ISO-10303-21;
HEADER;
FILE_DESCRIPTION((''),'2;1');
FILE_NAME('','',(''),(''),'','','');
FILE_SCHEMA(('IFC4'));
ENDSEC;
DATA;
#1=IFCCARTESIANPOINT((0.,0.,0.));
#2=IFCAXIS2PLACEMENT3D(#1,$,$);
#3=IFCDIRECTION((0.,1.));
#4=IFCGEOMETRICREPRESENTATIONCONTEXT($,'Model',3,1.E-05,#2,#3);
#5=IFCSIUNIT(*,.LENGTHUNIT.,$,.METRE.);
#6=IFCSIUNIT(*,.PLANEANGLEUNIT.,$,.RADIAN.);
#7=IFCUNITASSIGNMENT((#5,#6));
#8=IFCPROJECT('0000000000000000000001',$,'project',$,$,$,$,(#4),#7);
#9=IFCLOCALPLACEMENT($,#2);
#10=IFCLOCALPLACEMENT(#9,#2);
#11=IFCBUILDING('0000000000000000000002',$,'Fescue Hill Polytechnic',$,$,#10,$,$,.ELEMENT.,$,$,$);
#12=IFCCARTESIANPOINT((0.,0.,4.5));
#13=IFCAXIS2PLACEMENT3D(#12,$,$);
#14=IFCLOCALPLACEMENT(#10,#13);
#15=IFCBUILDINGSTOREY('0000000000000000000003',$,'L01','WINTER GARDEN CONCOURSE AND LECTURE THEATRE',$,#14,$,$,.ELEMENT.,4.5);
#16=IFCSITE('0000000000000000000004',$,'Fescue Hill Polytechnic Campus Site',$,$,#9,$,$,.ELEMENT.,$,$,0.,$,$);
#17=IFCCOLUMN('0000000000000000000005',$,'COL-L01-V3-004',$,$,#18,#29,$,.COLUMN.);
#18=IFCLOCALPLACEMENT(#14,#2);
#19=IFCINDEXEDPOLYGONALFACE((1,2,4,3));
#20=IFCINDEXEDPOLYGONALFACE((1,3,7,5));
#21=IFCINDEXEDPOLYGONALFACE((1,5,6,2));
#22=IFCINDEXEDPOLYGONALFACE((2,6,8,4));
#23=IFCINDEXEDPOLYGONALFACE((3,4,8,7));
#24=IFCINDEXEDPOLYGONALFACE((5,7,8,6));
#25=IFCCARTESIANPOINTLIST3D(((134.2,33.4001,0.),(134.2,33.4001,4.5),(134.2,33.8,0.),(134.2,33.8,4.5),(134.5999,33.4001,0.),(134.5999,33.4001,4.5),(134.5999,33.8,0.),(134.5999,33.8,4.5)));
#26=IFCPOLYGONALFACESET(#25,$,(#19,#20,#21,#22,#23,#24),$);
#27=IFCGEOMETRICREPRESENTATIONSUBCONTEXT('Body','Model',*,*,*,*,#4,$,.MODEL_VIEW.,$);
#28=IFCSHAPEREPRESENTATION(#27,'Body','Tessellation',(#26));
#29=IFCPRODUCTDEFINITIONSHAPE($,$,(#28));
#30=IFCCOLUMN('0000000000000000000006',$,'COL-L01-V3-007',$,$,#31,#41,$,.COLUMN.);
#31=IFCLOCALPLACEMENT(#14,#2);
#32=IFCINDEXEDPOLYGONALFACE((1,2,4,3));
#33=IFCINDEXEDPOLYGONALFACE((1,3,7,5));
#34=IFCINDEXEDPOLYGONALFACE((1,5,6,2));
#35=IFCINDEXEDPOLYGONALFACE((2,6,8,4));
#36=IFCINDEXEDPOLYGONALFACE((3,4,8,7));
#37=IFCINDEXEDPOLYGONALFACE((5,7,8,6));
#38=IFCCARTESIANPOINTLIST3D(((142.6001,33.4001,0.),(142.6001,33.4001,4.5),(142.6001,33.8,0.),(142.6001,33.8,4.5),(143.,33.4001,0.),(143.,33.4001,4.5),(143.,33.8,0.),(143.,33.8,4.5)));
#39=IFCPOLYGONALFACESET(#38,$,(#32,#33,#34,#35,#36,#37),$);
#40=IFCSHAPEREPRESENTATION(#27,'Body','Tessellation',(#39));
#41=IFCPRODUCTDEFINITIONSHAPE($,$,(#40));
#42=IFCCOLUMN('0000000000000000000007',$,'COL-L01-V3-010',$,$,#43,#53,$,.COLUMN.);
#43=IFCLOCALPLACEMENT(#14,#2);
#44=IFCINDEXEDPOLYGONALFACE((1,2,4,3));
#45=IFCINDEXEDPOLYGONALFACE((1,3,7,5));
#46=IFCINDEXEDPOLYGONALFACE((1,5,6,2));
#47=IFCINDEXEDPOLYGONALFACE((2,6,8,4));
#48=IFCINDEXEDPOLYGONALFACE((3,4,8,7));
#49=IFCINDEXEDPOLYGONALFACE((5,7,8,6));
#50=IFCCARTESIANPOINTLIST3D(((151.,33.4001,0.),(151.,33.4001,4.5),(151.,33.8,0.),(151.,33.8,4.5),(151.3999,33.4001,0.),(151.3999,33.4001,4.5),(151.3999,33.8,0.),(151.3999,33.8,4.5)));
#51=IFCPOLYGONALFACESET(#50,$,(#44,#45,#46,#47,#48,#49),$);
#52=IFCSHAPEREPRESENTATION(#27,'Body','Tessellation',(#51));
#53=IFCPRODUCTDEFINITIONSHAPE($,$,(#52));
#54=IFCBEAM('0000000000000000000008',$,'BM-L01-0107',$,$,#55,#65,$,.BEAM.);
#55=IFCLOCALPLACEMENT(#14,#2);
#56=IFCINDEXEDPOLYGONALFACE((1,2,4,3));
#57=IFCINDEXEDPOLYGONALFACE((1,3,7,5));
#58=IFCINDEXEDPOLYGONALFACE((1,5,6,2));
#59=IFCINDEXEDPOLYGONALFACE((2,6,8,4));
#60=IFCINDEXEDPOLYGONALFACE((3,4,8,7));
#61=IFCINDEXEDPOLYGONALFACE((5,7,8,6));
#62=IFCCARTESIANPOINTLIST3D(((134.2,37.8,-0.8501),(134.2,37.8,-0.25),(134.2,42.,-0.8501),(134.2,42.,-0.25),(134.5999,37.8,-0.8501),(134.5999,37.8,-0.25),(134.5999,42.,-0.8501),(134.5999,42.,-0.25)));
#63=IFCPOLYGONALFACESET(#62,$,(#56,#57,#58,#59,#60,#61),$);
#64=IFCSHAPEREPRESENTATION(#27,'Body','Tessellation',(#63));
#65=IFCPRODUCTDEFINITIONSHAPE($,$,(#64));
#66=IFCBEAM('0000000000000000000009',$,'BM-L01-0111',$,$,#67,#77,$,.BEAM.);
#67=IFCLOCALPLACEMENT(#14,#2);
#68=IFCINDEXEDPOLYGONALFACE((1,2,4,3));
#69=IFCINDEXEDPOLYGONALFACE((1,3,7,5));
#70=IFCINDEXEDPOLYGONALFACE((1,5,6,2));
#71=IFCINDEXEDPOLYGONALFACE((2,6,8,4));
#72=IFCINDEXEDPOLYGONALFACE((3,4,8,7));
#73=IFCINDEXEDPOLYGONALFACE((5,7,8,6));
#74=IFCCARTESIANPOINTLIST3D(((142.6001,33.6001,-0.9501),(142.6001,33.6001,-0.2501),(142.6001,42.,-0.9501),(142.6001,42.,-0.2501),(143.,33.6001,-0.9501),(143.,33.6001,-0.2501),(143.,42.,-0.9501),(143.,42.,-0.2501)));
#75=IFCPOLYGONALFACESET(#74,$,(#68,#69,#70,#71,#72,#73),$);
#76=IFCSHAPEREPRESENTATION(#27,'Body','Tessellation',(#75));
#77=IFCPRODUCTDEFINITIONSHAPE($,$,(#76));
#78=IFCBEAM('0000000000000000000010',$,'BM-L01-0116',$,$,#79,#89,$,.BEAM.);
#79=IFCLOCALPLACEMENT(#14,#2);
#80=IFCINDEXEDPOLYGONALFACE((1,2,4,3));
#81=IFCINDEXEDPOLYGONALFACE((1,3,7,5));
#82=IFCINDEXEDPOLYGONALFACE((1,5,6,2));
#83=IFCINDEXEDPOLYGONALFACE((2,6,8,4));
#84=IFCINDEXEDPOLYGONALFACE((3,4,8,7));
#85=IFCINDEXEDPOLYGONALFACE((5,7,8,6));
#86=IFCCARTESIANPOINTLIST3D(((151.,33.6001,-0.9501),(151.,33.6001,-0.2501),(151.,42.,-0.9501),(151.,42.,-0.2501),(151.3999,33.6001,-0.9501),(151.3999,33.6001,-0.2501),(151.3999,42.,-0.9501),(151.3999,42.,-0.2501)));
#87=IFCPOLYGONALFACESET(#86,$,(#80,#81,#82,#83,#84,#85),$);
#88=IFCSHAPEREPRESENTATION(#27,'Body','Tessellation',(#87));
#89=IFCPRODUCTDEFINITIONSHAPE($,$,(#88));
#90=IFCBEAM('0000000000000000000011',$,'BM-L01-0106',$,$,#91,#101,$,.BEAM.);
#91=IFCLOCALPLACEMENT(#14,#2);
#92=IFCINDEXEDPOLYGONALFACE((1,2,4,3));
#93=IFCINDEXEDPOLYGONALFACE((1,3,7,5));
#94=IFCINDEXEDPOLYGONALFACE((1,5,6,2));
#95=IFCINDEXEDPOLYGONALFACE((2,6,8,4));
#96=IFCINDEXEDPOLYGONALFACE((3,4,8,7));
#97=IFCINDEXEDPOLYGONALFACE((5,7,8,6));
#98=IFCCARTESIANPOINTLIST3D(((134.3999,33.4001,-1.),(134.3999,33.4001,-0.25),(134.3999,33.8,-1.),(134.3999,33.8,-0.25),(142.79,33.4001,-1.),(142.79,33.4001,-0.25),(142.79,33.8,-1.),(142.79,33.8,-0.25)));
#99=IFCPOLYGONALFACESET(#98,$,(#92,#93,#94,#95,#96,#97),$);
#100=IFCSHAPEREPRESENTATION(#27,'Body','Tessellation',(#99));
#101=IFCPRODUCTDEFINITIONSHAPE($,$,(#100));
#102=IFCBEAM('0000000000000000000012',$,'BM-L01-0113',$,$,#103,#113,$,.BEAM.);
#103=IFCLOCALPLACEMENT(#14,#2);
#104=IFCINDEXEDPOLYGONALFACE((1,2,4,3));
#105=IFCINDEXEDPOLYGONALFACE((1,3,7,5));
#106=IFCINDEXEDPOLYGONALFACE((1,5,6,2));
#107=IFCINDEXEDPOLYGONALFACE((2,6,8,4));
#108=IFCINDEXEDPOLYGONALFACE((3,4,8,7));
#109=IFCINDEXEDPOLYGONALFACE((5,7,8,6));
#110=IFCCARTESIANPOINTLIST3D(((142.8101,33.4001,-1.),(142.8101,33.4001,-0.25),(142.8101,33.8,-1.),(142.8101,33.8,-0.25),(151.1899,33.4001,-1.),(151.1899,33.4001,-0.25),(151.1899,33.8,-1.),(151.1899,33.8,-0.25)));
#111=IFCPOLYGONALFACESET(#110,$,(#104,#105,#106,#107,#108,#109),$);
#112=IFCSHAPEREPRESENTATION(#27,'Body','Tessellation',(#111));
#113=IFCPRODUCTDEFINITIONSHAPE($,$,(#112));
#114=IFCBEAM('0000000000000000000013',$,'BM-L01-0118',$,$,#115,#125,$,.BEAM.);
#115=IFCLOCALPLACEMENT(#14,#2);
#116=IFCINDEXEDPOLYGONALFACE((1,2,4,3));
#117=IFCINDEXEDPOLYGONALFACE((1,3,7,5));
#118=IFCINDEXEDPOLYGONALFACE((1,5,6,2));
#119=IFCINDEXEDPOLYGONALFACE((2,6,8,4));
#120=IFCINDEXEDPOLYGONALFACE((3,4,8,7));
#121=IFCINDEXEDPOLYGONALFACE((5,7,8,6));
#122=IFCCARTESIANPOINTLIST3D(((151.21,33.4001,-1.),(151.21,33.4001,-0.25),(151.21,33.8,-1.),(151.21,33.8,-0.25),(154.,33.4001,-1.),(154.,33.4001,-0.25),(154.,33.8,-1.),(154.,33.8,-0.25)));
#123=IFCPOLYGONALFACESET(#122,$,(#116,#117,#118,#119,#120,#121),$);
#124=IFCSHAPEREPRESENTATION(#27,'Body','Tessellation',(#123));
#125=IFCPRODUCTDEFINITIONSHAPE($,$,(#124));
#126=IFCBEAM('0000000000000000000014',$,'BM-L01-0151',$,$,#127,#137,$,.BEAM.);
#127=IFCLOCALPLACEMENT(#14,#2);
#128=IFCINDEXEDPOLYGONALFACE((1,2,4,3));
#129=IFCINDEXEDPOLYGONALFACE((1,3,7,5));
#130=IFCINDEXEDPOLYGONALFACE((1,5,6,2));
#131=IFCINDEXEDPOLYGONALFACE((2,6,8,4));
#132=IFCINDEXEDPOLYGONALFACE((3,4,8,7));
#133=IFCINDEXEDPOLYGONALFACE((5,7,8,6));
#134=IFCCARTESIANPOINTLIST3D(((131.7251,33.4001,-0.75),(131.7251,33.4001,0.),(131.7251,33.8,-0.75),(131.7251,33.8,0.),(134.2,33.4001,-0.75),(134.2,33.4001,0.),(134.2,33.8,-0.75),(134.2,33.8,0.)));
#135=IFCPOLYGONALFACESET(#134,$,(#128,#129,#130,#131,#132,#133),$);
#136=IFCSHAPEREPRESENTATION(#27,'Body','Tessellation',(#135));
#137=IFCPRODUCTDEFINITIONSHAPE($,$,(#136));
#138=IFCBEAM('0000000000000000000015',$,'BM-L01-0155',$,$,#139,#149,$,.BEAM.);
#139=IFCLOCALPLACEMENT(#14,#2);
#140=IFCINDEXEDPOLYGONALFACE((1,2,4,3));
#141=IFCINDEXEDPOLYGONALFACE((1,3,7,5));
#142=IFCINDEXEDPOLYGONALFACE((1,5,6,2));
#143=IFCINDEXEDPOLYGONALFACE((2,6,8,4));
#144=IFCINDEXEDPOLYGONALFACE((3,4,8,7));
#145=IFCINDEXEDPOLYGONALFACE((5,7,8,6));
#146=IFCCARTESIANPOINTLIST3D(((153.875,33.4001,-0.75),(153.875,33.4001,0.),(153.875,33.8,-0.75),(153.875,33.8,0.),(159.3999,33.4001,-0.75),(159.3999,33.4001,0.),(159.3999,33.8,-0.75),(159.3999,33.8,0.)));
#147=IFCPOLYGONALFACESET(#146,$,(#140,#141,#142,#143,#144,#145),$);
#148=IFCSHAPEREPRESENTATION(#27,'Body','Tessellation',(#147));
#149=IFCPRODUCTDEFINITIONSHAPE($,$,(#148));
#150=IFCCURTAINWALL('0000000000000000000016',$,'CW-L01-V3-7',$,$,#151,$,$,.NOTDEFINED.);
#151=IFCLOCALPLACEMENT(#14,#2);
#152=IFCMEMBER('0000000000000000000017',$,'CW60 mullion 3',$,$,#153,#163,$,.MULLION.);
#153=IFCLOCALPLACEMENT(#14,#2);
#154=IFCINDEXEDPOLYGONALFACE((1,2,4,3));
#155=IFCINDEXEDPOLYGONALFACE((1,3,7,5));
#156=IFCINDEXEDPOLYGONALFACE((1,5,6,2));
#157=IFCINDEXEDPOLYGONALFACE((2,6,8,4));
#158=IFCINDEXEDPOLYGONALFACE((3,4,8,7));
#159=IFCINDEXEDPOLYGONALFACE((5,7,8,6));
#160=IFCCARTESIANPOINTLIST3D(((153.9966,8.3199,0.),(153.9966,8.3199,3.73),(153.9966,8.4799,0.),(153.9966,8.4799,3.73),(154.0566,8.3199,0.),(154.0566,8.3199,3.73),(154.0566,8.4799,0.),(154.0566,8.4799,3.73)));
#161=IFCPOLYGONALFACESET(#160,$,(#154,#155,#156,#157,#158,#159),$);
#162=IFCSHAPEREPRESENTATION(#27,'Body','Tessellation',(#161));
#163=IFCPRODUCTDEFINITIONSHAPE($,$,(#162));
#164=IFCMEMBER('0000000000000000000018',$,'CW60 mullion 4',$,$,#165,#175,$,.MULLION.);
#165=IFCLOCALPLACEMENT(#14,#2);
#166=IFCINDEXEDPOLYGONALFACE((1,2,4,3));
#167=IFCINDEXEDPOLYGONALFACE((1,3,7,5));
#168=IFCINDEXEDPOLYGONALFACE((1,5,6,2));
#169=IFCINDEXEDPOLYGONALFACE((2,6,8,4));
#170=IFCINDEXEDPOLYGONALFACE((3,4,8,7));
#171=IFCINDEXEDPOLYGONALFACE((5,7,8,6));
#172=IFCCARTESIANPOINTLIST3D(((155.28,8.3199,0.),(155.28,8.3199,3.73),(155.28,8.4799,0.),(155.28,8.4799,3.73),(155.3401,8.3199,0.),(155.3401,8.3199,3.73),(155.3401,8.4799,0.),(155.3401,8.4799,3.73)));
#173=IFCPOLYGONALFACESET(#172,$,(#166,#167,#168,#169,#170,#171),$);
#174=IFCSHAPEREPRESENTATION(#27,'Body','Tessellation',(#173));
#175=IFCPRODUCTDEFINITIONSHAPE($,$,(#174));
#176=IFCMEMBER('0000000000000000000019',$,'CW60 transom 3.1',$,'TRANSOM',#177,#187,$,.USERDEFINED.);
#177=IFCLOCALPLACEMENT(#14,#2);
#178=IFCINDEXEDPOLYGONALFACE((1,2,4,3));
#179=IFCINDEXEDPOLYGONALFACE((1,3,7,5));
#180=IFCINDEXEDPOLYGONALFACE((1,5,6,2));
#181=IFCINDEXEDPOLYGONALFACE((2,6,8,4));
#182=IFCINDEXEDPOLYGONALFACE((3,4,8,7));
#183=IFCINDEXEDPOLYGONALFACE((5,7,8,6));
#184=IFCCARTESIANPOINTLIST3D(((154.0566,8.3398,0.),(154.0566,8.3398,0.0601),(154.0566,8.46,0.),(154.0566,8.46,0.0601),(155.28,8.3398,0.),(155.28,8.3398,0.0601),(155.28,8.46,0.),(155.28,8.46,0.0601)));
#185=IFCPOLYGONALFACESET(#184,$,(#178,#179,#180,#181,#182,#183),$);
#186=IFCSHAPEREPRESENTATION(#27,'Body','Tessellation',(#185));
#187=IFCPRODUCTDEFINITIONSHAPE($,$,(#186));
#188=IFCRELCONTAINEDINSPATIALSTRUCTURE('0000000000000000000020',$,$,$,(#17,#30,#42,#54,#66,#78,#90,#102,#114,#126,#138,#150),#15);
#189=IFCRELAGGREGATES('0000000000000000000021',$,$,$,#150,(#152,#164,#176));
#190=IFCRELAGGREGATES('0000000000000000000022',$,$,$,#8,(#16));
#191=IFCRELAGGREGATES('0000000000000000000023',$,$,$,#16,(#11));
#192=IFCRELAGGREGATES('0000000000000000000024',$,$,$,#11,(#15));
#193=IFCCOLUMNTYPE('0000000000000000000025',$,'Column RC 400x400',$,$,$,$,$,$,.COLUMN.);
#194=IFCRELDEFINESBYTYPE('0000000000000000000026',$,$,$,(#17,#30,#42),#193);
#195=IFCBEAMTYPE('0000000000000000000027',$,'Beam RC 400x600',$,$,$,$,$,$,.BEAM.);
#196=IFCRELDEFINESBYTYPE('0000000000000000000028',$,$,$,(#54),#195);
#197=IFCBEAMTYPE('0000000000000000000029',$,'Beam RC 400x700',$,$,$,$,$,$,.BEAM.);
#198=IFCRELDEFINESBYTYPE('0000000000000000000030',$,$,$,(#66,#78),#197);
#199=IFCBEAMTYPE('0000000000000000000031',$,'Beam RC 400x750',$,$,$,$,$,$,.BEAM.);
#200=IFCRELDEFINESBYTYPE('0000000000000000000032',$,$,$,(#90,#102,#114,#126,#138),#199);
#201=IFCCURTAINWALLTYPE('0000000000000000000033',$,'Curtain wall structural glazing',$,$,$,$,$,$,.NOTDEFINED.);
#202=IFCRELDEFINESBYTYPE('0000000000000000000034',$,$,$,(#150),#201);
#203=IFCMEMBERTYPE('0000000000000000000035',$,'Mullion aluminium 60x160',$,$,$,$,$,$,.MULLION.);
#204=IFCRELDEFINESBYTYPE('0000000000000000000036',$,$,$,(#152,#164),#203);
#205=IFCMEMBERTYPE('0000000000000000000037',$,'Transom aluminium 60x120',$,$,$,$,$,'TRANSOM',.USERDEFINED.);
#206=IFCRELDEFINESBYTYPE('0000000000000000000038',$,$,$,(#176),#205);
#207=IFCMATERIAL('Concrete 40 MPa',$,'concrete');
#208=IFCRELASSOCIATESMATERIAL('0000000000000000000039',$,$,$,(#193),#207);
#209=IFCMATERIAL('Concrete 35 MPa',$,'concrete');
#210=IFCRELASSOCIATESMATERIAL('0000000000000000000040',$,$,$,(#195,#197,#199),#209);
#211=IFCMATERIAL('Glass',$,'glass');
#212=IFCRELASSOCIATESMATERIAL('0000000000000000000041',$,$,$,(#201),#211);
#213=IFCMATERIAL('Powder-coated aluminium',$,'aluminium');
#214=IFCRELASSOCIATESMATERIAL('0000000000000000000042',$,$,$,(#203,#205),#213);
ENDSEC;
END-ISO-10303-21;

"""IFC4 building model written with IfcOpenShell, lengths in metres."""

from ifc_helpers import new_model, si_unit, direction, frame, origin, origin_2d, place, context, subcontext, project, spatial, rectangle, extrude, material, material_profile, profile_set, type_object, element, aggregate, save


model = new_model("IFC4")

# Units and contexts
model_context = context("Model", 3, precision=1e-05, world=origin(), true_north=direction((0.0, 1.0)))
body_context = subcontext(model_context, "Body", "Model", "MODEL_VIEW")
ifc_project = project(units=[si_unit("LENGTHUNIT", "METRE"), si_unit("PLANEANGLEUNIT", "RADIAN")], contexts=[model_context])

# Site, building, storey
site_placement = place(None, origin())
site = spatial("IfcSite", under=ifc_project, at=site_placement, Name="Fescue Hill Polytechnic Campus Site", CompositionType="ELEMENT", RefElevation=0.0)
building_placement = place(site_placement, origin())
building = spatial("IfcBuilding", under=site, at=building_placement, Name="Fescue Hill Polytechnic", CompositionType="ELEMENT")
storey_placement = place(building_placement, frame((0.0, 0.0, 4.5)))
storey = spatial("IfcBuildingStorey", under=building, at=storey_placement, Name="L01", Description="WINTER GARDEN CONCOURSE AND LECTURE THEATRE", CompositionType="ELEMENT", Elevation=4.5)

# Columns
ifc_material_1 = material(Name="Concrete 40 MPa", Category="concrete")
ifc_material_profile_1 = material_profile(ifc_material_1, rectangle(XDim=0.3999, YDim=0.3999, at=origin_2d()), Name="RC 400x400")
ifc_profile_set_1 = profile_set([ifc_material_profile_1], Name="Concrete 40 MPa")
column_type = type_object("IfcColumnType", Name="Column RC 400x400", PredefinedType="COLUMN", material=ifc_profile_set_1)
for number, where, z_axis, x_axis, name in (
    (1, (134.3999, 33.6001, 0.0), (0.0, 0.0, 1.0), (1.0, 0.0, 0.0), "COL-L01-V3-004"),
    (2, (142.8, 33.6001, 0.0), (0.0, 0.0, 1.0), (1.0, 0.0, 0.0), "COL-L01-V3-007"),
    (3, (151.2, 33.6001, 0.0), (0.0, 0.0, 1.0), (1.0, 0.0, 0.0), "COL-L01-V3-010"),
):
    element("IfcColumn", number, at=place(storey_placement, frame(where, z_axis=z_axis, x_axis=x_axis)), inside=storey, type_object=column_type, Name=name, PredefinedType="COLUMN", context=body_context, shape_type="SweptSolid", body=[
        extrude(rectangle(XDim=0.3999, YDim=0.3999, at=origin_2d()), origin(), (0.0, 0.0, 1.0), 4.5),
    ])

# Beams
ifc_material_2 = material(Name="Concrete 35 MPa", Category="concrete")
ifc_material_profile_2 = material_profile(ifc_material_2, rectangle(XDim=0.3999, YDim=0.6001, at=origin_2d()), Name="RC 400x600")
ifc_profile_set_2 = profile_set([ifc_material_profile_2], Name="Concrete 35 MPa")
beam_type_1 = type_object("IfcBeamType", Name="Beam RC 400x600", PredefinedType="BEAM", material=ifc_profile_set_2)
beam_1_placement = place(storey_placement, frame((134.3999, 37.8, -0.55), z_axis=(0.0, 1.0, 0.0), x_axis=(-1.0, 0.0, 0.0)))
element("IfcBeam", 4, at=beam_1_placement, inside=storey, type_object=beam_type_1, Name="BM-L01-0107", PredefinedType="BEAM", context=body_context, shape_type="SweptSolid", body=[
    extrude(rectangle(XDim=0.3999, YDim=0.6001, at=origin_2d()), origin(), (0.0, 0.0, 1.0), 4.2),
])
ifc_material_profile_3 = material_profile(ifc_material_2, rectangle(XDim=0.3999, YDim=0.7, at=origin_2d()), Name="RC 400x700")
ifc_profile_set_3 = profile_set([ifc_material_profile_3], Name="Concrete 35 MPa")
beam_type_2 = type_object("IfcBeamType", Name="Beam RC 400x700", PredefinedType="BEAM", material=ifc_profile_set_3)
for number, where, z_axis, x_axis, name in (
    (5, (142.8, 33.6001, -0.6001), (0.0, 1.0, 0.0), (-1.0, 0.0, 0.0), "BM-L01-0111"),
    (6, (151.2, 33.6001, -0.6001), (0.0, 1.0, 0.0), (-1.0, 0.0, 0.0), "BM-L01-0116"),
):
    element("IfcBeam", number, at=place(storey_placement, frame(where, z_axis=z_axis, x_axis=x_axis)), inside=storey, type_object=beam_type_2, Name=name, PredefinedType="BEAM", context=body_context, shape_type="SweptSolid", body=[
        extrude(rectangle(XDim=0.3999, YDim=0.7, at=origin_2d()), origin(), (0.0, 0.0, 1.0), 8.3999),
    ])
ifc_material_profile_4 = material_profile(ifc_material_2, rectangle(XDim=0.3999, YDim=0.75, at=origin_2d()), Name="RC 400x750")
ifc_profile_set_4 = profile_set([ifc_material_profile_4], Name="Concrete 35 MPa")
beam_type_3 = type_object("IfcBeamType", Name="Beam RC 400x750", PredefinedType="BEAM", material=ifc_profile_set_4)
beam_2_placement = place(storey_placement, frame((134.3999, 33.6001, -0.625), z_axis=(1.0, 0.0, 0.0), x_axis=(0.0, 1.0, 0.0)))
element("IfcBeam", 7, at=beam_2_placement, inside=storey, type_object=beam_type_3, Name="BM-L01-0106", PredefinedType="BEAM", context=body_context, shape_type="SweptSolid", body=[
    extrude(rectangle(XDim=0.3999, YDim=0.75, at=origin_2d()), origin(), (0.0, 0.0, 1.0), 8.3901),
])
beam_3_placement = place(storey_placement, frame((142.8101, 33.6001, -0.625), z_axis=(1.0, 0.0, 0.0), x_axis=(0.0, 1.0, 0.0)))
element("IfcBeam", 8, at=beam_3_placement, inside=storey, type_object=beam_type_3, Name="BM-L01-0113", PredefinedType="BEAM", context=body_context, shape_type="SweptSolid", body=[
    extrude(rectangle(XDim=0.3999, YDim=0.75, at=origin_2d()), origin(), (0.0, 0.0, 1.0), 8.3799),
])
beam_4_placement = place(storey_placement, frame((151.21, 33.6001, -0.625), z_axis=(1.0, 0.0, 0.0), x_axis=(0.0, 1.0, 0.0)))
element("IfcBeam", 9, at=beam_4_placement, inside=storey, type_object=beam_type_3, Name="BM-L01-0118", PredefinedType="BEAM", context=body_context, shape_type="SweptSolid", body=[
    extrude(rectangle(XDim=0.3999, YDim=0.75, at=origin_2d()), origin(), (0.0, 0.0, 1.0), 2.79),
])
beam_5_placement = place(storey_placement, frame((131.7251, 33.6001, -0.375), z_axis=(1.0, 0.0, 0.0), x_axis=(0.0, 1.0, 0.0)))
element("IfcBeam", 10, at=beam_5_placement, inside=storey, type_object=beam_type_3, Name="BM-L01-0151", PredefinedType="BEAM", context=body_context, shape_type="SweptSolid", body=[
    extrude(rectangle(XDim=0.3999, YDim=0.75, at=origin_2d()), origin(), (0.0, 0.0, 1.0), 2.4749),
])
beam_6_placement = place(storey_placement, frame((153.875, 33.6001, -0.375), z_axis=(1.0, 0.0, 0.0), x_axis=(0.0, 1.0, 0.0)))
element("IfcBeam", 11, at=beam_6_placement, inside=storey, type_object=beam_type_3, Name="BM-L01-0155", PredefinedType="BEAM", context=body_context, shape_type="SweptSolid", body=[
    extrude(rectangle(XDim=0.3999, YDim=0.75, at=origin_2d()), origin(), (0.0, 0.0, 1.0), 5.5249),
])

# Curtain wall, members
ifc_material_3 = material(Name="Glass", Category="glass")
curtain_wall_type = type_object("IfcCurtainWallType", Name="Curtain wall structural glazing", PredefinedType="NOTDEFINED", material=ifc_material_3)
curtain_wall_placement = place(storey_placement, origin())
curtain_wall = element("IfcCurtainWall", 12, at=curtain_wall_placement, inside=storey, type_object=curtain_wall_type, Name="CW-L01-V3-7", PredefinedType="NOTDEFINED")
ifc_material_4 = material(Name="Powder-coated aluminium", Category="aluminium")
ifc_material_profile_5 = material_profile(ifc_material_4, rectangle(XDim=0.1599, YDim=0.0601, at=origin_2d()), Name="Mullion aluminium 60x160")
ifc_profile_set_5 = profile_set([ifc_material_profile_5], Name="Powder-coated aluminium")
member_type_1 = type_object("IfcMemberType", Name="Mullion aluminium 60x160", PredefinedType="MULLION", material=ifc_profile_set_5)
member_1_placement = place(storey_placement, frame((154.0266, 8.3999, 0.0), z_axis=(0.0, 0.0, 1.0), x_axis=(0.0, 1.0, 0.0)))
member_1 = element("IfcMember", 13, at=member_1_placement, type_object=member_type_1, Name="CW60 mullion 3", PredefinedType="MULLION", context=body_context, shape_type="SweptSolid", body=[
    extrude(rectangle(XDim=0.1599, YDim=0.0601, at=origin_2d()), origin(), (0.0, 0.0, 1.0), 3.73),
])
member_2_placement = place(storey_placement, frame((155.3101, 8.3999, 0.0), z_axis=(0.0, 0.0, 1.0), x_axis=(0.0, 1.0, 0.0)))
member_2 = element("IfcMember", 14, at=member_2_placement, type_object=member_type_1, Name="CW60 mullion 4", PredefinedType="MULLION", context=body_context, shape_type="SweptSolid", body=[
    extrude(rectangle(XDim=0.1599, YDim=0.0601, at=origin_2d()), origin(), (0.0, 0.0, 1.0), 3.73),
])
ifc_material_profile_6 = material_profile(ifc_material_4, rectangle(XDim=0.1201, YDim=0.0601, at=origin_2d()), Name="Transom aluminium 60x120")
ifc_profile_set_6 = profile_set([ifc_material_profile_6], Name="Powder-coated aluminium")
member_type_2 = type_object("IfcMemberType", Name="Transom aluminium 60x120", ElementType="TRANSOM", PredefinedType="USERDEFINED", material=ifc_profile_set_6)
member_3_placement = place(storey_placement, frame((154.0566, 8.3999, 0.03), z_axis=(1.0, 0.0, 0.0), x_axis=(0.0, 1.0, 0.0)))
member_3 = element("IfcMember", 15, at=member_3_placement, type_object=member_type_2, Name="CW60 transom 3.1", ObjectType="TRANSOM", PredefinedType="USERDEFINED", context=body_context, shape_type="SweptSolid", body=[
    extrude(rectangle(XDim=0.1201, YDim=0.0601, at=origin_2d()), origin(), (0.0, 0.0, 1.0), 1.2234),
])
aggregate(curtain_wall, [member_1, member_2, member_3])

save(model, "model.ifc")
